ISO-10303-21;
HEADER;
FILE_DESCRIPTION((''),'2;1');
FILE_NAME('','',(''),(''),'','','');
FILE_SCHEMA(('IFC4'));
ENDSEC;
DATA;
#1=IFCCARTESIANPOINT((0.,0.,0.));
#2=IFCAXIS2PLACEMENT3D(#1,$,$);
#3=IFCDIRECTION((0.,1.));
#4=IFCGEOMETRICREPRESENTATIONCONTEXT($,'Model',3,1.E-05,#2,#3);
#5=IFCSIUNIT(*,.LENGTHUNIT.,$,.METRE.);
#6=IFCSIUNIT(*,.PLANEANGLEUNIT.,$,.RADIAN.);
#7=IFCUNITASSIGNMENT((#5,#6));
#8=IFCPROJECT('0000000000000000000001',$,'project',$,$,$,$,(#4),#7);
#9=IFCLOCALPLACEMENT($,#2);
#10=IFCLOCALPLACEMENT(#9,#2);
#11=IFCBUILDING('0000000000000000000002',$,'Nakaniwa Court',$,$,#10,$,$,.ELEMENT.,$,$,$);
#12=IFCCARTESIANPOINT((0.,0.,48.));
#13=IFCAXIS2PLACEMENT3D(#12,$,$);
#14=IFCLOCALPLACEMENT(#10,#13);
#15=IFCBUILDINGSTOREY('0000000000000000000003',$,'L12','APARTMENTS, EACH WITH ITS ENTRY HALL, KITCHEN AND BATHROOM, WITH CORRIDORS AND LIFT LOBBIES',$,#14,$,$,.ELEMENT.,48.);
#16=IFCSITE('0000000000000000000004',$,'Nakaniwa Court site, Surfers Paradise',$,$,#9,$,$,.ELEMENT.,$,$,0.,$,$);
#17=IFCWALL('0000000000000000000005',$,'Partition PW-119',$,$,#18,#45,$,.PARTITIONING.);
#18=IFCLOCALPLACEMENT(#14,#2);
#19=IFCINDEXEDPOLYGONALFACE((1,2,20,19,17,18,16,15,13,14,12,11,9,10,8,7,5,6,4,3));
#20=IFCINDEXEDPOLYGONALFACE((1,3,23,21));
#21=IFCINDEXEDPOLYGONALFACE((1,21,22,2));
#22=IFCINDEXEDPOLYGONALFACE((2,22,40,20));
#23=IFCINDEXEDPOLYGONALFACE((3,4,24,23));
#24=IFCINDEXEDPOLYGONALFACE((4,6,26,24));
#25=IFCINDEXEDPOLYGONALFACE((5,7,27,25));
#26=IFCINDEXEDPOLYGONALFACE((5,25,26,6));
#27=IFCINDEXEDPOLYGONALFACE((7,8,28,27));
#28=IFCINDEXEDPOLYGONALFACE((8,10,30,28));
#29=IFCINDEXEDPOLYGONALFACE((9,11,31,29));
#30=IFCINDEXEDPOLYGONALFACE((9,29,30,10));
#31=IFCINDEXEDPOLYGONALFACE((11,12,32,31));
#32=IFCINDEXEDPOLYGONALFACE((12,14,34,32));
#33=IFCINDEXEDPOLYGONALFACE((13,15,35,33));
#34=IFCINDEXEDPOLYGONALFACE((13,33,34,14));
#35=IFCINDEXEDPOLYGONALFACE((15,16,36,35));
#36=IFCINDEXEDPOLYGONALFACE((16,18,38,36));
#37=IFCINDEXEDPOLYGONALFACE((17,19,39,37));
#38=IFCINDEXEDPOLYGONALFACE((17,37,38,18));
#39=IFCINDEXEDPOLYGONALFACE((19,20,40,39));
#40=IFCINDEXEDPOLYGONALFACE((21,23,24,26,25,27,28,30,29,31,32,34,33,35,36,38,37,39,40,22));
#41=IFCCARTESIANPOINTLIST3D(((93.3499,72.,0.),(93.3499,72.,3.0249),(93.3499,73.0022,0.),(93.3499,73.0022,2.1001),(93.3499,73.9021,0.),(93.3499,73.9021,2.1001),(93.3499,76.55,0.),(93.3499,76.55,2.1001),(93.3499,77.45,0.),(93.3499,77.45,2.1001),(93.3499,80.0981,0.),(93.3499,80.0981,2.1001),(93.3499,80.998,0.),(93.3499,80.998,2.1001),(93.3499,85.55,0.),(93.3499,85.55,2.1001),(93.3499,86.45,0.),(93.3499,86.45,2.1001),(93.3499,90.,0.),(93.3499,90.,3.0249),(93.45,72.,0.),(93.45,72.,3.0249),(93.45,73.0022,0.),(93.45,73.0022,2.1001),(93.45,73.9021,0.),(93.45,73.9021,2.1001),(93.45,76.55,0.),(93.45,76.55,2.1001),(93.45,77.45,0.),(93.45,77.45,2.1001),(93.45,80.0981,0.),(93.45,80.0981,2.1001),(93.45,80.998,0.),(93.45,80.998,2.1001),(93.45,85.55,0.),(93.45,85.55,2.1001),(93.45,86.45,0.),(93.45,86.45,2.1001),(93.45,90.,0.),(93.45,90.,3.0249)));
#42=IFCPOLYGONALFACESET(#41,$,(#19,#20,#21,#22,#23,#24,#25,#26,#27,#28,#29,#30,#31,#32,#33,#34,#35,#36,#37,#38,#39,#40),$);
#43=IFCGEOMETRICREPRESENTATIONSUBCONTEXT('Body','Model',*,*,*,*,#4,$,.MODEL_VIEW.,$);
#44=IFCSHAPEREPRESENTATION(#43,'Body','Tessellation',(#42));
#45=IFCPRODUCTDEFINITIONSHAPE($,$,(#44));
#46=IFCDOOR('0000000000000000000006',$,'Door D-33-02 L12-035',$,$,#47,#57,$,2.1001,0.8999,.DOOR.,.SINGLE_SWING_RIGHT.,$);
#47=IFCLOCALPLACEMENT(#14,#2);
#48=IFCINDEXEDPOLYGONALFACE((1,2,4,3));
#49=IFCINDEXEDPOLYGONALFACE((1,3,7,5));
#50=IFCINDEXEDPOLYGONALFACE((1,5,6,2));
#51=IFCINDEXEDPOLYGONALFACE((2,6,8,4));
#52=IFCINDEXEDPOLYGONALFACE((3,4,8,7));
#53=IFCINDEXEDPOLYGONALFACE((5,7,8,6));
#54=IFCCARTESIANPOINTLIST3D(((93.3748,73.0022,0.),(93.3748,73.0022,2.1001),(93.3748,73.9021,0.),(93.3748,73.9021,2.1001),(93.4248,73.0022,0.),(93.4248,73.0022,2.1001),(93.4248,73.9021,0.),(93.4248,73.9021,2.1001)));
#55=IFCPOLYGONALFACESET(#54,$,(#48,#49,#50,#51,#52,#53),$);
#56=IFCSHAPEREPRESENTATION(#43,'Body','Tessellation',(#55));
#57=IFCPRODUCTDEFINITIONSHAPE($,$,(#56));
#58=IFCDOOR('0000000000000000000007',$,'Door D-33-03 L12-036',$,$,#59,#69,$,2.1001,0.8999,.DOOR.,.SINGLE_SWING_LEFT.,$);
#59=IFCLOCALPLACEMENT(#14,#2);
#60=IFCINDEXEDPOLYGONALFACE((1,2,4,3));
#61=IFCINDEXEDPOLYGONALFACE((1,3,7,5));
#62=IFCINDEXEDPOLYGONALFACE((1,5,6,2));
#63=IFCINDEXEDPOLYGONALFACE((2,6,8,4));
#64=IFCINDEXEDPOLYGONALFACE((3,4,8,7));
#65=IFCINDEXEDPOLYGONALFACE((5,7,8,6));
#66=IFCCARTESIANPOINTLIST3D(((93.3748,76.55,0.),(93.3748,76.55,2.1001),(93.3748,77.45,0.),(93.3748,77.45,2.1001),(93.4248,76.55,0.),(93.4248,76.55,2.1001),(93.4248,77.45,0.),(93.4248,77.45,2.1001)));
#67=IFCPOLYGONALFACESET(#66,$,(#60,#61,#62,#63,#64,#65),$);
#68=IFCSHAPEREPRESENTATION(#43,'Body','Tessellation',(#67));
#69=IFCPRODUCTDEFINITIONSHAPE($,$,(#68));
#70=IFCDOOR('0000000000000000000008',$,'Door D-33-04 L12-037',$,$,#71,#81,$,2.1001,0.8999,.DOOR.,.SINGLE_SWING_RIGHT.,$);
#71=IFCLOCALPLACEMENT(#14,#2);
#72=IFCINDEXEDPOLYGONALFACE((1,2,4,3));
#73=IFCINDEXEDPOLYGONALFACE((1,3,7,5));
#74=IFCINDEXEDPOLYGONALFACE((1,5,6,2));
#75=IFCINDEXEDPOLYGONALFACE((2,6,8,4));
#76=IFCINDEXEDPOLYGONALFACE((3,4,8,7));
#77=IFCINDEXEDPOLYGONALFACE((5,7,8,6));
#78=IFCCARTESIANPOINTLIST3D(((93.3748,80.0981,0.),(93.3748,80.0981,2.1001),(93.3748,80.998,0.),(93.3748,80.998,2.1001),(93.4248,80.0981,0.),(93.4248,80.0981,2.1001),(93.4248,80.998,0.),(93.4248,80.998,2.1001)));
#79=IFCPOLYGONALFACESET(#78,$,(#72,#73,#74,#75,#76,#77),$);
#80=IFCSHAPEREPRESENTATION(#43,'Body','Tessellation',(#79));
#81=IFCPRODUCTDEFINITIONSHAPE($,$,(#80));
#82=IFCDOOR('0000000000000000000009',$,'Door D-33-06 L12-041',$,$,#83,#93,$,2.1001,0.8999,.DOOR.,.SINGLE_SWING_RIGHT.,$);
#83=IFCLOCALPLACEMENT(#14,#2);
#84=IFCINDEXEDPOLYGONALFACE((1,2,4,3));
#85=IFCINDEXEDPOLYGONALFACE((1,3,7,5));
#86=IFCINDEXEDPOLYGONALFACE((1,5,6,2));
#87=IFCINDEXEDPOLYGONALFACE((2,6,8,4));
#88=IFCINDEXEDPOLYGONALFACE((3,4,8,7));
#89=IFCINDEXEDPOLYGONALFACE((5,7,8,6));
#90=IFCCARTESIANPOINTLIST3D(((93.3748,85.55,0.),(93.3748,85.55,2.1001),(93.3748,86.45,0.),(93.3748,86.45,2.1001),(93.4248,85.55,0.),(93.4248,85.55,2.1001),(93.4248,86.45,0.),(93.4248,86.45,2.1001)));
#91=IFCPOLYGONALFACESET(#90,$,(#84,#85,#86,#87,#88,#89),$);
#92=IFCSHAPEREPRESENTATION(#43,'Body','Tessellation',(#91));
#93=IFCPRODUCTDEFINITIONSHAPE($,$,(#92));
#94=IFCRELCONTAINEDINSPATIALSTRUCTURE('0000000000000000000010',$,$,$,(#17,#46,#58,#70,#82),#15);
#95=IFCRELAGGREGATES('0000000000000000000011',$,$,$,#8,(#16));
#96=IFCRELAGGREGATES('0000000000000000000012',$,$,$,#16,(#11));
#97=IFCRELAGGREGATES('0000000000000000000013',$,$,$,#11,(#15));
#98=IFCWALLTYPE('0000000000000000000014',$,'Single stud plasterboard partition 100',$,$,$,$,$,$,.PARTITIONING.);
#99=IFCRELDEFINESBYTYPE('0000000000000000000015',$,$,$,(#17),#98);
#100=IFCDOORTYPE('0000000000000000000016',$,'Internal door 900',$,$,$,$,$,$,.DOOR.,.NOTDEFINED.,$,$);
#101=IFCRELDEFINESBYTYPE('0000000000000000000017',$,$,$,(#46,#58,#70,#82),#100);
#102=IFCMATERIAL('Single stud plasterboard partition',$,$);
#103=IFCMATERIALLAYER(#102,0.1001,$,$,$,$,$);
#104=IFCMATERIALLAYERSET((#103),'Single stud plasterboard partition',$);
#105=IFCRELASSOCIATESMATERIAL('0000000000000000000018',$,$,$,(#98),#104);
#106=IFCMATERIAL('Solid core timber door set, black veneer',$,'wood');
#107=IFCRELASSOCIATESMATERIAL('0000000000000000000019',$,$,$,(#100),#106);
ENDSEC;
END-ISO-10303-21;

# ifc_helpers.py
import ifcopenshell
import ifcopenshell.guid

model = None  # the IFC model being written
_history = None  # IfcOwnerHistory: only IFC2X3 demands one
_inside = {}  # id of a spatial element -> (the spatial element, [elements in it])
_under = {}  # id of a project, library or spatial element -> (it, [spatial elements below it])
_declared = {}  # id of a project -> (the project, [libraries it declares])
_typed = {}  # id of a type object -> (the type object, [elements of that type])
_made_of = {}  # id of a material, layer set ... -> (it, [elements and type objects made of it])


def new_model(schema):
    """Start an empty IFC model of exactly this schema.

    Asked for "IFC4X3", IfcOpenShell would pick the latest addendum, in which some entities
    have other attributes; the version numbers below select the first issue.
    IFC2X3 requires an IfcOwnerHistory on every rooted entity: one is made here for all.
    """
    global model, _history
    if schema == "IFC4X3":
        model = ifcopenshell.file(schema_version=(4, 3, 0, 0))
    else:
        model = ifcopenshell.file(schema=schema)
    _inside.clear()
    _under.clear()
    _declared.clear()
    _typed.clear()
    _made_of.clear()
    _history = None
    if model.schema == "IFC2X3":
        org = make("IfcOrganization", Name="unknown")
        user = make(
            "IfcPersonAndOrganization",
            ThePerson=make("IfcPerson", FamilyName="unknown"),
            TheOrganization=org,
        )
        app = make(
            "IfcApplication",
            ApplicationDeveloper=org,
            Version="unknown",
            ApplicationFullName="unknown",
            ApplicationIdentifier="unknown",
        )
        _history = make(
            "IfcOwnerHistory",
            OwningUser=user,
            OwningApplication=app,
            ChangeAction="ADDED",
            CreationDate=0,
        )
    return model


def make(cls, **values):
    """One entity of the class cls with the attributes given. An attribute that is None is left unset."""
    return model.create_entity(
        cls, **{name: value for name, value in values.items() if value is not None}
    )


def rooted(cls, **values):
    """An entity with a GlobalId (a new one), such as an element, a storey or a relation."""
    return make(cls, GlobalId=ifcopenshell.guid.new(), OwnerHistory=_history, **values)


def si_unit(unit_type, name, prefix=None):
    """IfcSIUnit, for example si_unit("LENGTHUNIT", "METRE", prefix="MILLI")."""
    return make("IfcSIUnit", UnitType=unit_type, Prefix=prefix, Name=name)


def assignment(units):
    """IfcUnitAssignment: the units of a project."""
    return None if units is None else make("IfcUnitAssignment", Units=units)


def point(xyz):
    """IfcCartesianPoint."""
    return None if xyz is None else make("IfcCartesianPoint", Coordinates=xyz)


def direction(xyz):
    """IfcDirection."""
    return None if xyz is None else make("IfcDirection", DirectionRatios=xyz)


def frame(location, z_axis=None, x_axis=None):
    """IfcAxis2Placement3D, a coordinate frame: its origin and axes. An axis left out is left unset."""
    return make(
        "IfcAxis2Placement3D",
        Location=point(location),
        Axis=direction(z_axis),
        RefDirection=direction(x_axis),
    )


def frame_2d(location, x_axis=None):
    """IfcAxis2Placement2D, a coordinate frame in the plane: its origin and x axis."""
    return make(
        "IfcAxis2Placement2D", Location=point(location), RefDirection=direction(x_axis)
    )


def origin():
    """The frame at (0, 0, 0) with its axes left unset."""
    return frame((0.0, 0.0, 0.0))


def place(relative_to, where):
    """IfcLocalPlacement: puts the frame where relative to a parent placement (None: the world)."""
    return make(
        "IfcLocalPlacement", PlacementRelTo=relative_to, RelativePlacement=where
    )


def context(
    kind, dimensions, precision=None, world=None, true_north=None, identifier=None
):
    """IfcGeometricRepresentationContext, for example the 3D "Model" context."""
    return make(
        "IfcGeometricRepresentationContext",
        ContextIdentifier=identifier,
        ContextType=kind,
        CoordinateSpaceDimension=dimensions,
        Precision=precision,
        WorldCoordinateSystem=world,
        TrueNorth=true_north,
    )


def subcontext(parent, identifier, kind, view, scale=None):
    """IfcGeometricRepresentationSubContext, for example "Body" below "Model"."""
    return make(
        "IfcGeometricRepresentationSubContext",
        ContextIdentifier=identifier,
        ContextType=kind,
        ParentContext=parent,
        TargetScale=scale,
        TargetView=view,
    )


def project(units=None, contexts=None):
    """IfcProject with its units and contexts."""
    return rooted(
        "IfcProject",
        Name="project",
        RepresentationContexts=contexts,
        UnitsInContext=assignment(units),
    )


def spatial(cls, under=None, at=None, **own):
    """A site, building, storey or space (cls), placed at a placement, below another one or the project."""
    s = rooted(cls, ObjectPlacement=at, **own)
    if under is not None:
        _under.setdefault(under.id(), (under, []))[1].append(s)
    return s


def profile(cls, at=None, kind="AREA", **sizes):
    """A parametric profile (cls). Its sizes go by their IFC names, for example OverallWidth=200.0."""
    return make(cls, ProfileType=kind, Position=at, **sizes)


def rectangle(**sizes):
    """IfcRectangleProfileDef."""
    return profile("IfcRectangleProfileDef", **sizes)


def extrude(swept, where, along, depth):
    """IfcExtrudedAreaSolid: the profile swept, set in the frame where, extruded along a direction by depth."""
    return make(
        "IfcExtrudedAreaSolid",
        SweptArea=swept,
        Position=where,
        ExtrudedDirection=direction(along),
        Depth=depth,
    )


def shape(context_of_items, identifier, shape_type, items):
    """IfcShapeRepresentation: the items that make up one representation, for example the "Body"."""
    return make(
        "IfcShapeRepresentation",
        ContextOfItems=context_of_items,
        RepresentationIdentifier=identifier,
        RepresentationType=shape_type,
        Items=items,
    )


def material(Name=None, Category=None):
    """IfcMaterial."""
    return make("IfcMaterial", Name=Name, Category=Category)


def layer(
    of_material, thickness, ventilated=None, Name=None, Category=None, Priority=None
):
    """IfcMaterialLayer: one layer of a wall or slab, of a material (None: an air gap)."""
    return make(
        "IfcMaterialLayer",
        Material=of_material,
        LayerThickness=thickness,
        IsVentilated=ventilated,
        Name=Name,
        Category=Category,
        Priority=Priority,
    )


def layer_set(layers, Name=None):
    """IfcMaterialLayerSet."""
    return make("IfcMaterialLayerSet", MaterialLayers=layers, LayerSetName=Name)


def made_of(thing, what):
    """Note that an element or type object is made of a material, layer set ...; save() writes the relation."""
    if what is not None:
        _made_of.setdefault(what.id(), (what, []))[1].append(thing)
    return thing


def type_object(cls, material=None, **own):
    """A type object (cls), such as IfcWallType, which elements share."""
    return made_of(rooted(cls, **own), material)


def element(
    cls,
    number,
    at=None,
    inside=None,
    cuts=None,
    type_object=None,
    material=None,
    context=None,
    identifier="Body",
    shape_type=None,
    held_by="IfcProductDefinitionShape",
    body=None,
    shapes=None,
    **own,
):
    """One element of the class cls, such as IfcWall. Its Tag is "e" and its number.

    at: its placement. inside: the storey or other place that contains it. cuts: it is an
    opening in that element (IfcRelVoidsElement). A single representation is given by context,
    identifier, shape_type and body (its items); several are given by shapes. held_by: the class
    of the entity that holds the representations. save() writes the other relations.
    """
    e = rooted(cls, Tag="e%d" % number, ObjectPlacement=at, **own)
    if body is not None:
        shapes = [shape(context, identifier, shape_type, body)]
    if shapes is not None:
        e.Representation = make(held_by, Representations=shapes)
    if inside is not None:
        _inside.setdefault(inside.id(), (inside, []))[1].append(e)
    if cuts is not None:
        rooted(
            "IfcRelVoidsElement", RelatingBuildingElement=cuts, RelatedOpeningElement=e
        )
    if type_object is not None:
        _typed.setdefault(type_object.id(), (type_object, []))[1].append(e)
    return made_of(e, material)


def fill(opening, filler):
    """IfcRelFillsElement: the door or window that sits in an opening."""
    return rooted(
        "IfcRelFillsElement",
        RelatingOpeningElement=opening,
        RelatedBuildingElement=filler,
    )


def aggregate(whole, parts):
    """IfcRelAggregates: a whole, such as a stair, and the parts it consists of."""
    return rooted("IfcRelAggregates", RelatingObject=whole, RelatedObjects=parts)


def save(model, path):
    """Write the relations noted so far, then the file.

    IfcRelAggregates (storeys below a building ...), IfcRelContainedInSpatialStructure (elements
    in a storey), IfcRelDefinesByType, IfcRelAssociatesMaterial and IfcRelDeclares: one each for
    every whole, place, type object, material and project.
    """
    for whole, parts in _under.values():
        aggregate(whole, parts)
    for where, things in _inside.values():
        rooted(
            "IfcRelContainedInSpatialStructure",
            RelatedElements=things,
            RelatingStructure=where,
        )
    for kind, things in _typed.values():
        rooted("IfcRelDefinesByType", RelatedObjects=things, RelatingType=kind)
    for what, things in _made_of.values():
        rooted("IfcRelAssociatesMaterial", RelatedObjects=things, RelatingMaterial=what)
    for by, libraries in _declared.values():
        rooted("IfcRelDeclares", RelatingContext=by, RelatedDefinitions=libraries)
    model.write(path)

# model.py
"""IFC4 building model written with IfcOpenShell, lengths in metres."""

from ifc_helpers import new_model, si_unit, direction, frame, frame_2d, origin, place, context, subcontext, project, spatial, rectangle, extrude, material, layer, layer_set, type_object, element, fill, save


model = new_model("IFC4")

# Units and contexts
model_context = context("Model", 3, precision=1e-05, world=origin(), true_north=direction((0.0, 1.0)))
body_context = subcontext(model_context, "Body", "Model", "MODEL_VIEW")
ifc_project = project(units=[si_unit("LENGTHUNIT", "METRE"), si_unit("PLANEANGLEUNIT", "RADIAN")], contexts=[model_context])

# Site, building, storey
site_placement = place(None, origin())
site = spatial("IfcSite", under=ifc_project, at=site_placement, Name="Nakaniwa Court site, Surfers Paradise", CompositionType="ELEMENT", RefElevation=0.0)
building_placement = place(site_placement, origin())
building = spatial("IfcBuilding", under=site, at=building_placement, Name="Nakaniwa Court", CompositionType="ELEMENT")
storey_placement = place(building_placement, frame((0.0, 0.0, 48.0)))
storey = spatial("IfcBuildingStorey", under=building, at=storey_placement, Name="L12", Description="APARTMENTS, EACH WITH ITS ENTRY HALL, KITCHEN AND BATHROOM, WITH CORRIDORS AND LIFT LOBBIES", CompositionType="ELEMENT", Elevation=48.0)

# Shared definitions
ifc_material_1 = material(Name="Single stud plasterboard partition")
ifc_layer_1 = layer(ifc_material_1, 0.1001)
ifc_layer_set_1 = layer_set([ifc_layer_1], Name="Single stud plasterboard partition")
wall_type_1 = type_object("IfcWallType", Name="Single stud plasterboard partition 100", PredefinedType="PARTITIONING", material=ifc_layer_set_1)
ifc_material_2 = material(Name="Solid core timber door set, black veneer", Category="wood")
door_type = type_object("IfcDoorType", Name="Internal door 900", OperationType="NOTDEFINED", PredefinedType="DOOR", material=ifc_material_2)

# Wall, openings, doors
wall_1_placement = place(storey_placement, frame((93.3999, 90.0, 0.0), z_axis=(0.0, 0.0, 1.0), x_axis=(0.0, -1.0, 0.0)))
wall_1 = element("IfcWall", 1, at=wall_1_placement, inside=storey, type_object=wall_type_1, Name="Partition PW-119", PredefinedType="PARTITIONING", context=body_context, shape_type="SweptSolid", body=[
    extrude(rectangle(XDim=18.0, YDim=0.1001, at=frame_2d((9.0, 0.0))), origin(), (0.0, 0.0, 1.0), 3.0249),
])
opening_1_placement = place(wall_1_placement, frame((16.0979, 0.0, 0.0)))
opening_1 = element("IfcOpeningElement", 2, at=opening_1_placement, cuts=wall_1, PredefinedType="OPENING", context=body_context, shape_type="SweptSolid", body=[
    extrude(rectangle(XDim=0.8999, YDim=2.1001, at=frame_2d((0.45, 1.05))), frame((0.0, 0.0601, 0.0), z_axis=(0.0, -1.0, 0.0), x_axis=(1.0, 0.0, 0.0)), (0.0, 0.0, 1.0), 0.1201),
])
opening_2_placement = place(wall_1_placement, frame((12.55, 0.0, 0.0)))
opening_2 = element("IfcOpeningElement", 3, at=opening_2_placement, cuts=wall_1, PredefinedType="OPENING", context=body_context, shape_type="SweptSolid", body=[
    extrude(rectangle(XDim=0.8999, YDim=2.1001, at=frame_2d((0.45, 1.05))), frame((0.0, 0.0601, 0.0), z_axis=(0.0, -1.0, 0.0), x_axis=(1.0, 0.0, 0.0)), (0.0, 0.0, 1.0), 0.1201),
])
opening_3_placement = place(wall_1_placement, frame((9.002, 0.0, 0.0)))
opening_3 = element("IfcOpeningElement", 4, at=opening_3_placement, cuts=wall_1, PredefinedType="OPENING", context=body_context, shape_type="SweptSolid", body=[
    extrude(rectangle(XDim=0.8999, YDim=2.1001, at=frame_2d((0.45, 1.05))), frame((0.0, 0.0601, 0.0), z_axis=(0.0, -1.0, 0.0), x_axis=(1.0, 0.0, 0.0)), (0.0, 0.0, 1.0), 0.1201),
])
opening_4_placement = place(wall_1_placement, frame((3.55, 0.0, 0.0)))
opening_4 = element("IfcOpeningElement", 5, at=opening_4_placement, cuts=wall_1, PredefinedType="OPENING", context=body_context, shape_type="SweptSolid", body=[
    extrude(rectangle(XDim=0.8999, YDim=2.1001, at=frame_2d((0.45, 1.05))), frame((0.0, 0.0601, 0.0), z_axis=(0.0, -1.0, 0.0), x_axis=(1.0, 0.0, 0.0)), (0.0, 0.0, 1.0), 0.1201),
])
door_1_placement = place(opening_1_placement, origin())
door_1 = element("IfcDoor", 6, at=door_1_placement, inside=storey, type_object=door_type, Name="Door D-33-02 L12-035", OperationType="SINGLE_SWING_RIGHT", OverallHeight=2.1001, OverallWidth=0.8999, PredefinedType="DOOR", context=body_context, shape_type="SweptSolid", body=[
    extrude(rectangle(XDim=0.8999, YDim=2.1001, at=frame_2d((0.45, 1.05))), frame((0.0, 0.0249, 0.0), z_axis=(0.0, -1.0, 0.0), x_axis=(1.0, 0.0, 0.0)), (0.0, 0.0, 1.0), 0.05),
])
fill(opening_1, door_1)
door_2_placement = place(opening_2_placement, origin())
door_2 = element("IfcDoor", 7, at=door_2_placement, inside=storey, type_object=door_type, Name="Door D-33-03 L12-036", OperationType="SINGLE_SWING_LEFT", OverallHeight=2.1001, OverallWidth=0.8999, PredefinedType="DOOR", context=body_context, shape_type="SweptSolid", body=[
    extrude(rectangle(XDim=0.8999, YDim=2.1001, at=frame_2d((0.45, 1.05))), frame((0.0, 0.0249, 0.0), z_axis=(0.0, -1.0, 0.0), x_axis=(1.0, 0.0, 0.0)), (0.0, 0.0, 1.0), 0.05),
])
fill(opening_2, door_2)
door_3_placement = place(opening_3_placement, origin())
door_3 = element("IfcDoor", 8, at=door_3_placement, inside=storey, type_object=door_type, Name="Door D-33-04 L12-037", OperationType="SINGLE_SWING_RIGHT", OverallHeight=2.1001, OverallWidth=0.8999, PredefinedType="DOOR", context=body_context, shape_type="SweptSolid", body=[
    extrude(rectangle(XDim=0.8999, YDim=2.1001, at=frame_2d((0.45, 1.05))), frame((0.0, 0.0249, 0.0), z_axis=(0.0, -1.0, 0.0), x_axis=(1.0, 0.0, 0.0)), (0.0, 0.0, 1.0), 0.05),
])
fill(opening_3, door_3)
door_4_placement = place(opening_4_placement, origin())
door_4 = element("IfcDoor", 9, at=door_4_placement, inside=storey, type_object=door_type, Name="Door D-33-06 L12-041", OperationType="SINGLE_SWING_RIGHT", OverallHeight=2.1001, OverallWidth=0.8999, PredefinedType="DOOR", context=body_context, shape_type="SweptSolid", body=[
    extrude(rectangle(XDim=0.8999, YDim=2.1001, at=frame_2d((0.45, 1.05))), frame((0.0, 0.0249, 0.0), z_axis=(0.0, -1.0, 0.0), x_axis=(1.0, 0.0, 0.0)), (0.0, 0.0, 1.0), 0.05),
])
fill(opening_4, door_4)

save(model, "model.ifc")
